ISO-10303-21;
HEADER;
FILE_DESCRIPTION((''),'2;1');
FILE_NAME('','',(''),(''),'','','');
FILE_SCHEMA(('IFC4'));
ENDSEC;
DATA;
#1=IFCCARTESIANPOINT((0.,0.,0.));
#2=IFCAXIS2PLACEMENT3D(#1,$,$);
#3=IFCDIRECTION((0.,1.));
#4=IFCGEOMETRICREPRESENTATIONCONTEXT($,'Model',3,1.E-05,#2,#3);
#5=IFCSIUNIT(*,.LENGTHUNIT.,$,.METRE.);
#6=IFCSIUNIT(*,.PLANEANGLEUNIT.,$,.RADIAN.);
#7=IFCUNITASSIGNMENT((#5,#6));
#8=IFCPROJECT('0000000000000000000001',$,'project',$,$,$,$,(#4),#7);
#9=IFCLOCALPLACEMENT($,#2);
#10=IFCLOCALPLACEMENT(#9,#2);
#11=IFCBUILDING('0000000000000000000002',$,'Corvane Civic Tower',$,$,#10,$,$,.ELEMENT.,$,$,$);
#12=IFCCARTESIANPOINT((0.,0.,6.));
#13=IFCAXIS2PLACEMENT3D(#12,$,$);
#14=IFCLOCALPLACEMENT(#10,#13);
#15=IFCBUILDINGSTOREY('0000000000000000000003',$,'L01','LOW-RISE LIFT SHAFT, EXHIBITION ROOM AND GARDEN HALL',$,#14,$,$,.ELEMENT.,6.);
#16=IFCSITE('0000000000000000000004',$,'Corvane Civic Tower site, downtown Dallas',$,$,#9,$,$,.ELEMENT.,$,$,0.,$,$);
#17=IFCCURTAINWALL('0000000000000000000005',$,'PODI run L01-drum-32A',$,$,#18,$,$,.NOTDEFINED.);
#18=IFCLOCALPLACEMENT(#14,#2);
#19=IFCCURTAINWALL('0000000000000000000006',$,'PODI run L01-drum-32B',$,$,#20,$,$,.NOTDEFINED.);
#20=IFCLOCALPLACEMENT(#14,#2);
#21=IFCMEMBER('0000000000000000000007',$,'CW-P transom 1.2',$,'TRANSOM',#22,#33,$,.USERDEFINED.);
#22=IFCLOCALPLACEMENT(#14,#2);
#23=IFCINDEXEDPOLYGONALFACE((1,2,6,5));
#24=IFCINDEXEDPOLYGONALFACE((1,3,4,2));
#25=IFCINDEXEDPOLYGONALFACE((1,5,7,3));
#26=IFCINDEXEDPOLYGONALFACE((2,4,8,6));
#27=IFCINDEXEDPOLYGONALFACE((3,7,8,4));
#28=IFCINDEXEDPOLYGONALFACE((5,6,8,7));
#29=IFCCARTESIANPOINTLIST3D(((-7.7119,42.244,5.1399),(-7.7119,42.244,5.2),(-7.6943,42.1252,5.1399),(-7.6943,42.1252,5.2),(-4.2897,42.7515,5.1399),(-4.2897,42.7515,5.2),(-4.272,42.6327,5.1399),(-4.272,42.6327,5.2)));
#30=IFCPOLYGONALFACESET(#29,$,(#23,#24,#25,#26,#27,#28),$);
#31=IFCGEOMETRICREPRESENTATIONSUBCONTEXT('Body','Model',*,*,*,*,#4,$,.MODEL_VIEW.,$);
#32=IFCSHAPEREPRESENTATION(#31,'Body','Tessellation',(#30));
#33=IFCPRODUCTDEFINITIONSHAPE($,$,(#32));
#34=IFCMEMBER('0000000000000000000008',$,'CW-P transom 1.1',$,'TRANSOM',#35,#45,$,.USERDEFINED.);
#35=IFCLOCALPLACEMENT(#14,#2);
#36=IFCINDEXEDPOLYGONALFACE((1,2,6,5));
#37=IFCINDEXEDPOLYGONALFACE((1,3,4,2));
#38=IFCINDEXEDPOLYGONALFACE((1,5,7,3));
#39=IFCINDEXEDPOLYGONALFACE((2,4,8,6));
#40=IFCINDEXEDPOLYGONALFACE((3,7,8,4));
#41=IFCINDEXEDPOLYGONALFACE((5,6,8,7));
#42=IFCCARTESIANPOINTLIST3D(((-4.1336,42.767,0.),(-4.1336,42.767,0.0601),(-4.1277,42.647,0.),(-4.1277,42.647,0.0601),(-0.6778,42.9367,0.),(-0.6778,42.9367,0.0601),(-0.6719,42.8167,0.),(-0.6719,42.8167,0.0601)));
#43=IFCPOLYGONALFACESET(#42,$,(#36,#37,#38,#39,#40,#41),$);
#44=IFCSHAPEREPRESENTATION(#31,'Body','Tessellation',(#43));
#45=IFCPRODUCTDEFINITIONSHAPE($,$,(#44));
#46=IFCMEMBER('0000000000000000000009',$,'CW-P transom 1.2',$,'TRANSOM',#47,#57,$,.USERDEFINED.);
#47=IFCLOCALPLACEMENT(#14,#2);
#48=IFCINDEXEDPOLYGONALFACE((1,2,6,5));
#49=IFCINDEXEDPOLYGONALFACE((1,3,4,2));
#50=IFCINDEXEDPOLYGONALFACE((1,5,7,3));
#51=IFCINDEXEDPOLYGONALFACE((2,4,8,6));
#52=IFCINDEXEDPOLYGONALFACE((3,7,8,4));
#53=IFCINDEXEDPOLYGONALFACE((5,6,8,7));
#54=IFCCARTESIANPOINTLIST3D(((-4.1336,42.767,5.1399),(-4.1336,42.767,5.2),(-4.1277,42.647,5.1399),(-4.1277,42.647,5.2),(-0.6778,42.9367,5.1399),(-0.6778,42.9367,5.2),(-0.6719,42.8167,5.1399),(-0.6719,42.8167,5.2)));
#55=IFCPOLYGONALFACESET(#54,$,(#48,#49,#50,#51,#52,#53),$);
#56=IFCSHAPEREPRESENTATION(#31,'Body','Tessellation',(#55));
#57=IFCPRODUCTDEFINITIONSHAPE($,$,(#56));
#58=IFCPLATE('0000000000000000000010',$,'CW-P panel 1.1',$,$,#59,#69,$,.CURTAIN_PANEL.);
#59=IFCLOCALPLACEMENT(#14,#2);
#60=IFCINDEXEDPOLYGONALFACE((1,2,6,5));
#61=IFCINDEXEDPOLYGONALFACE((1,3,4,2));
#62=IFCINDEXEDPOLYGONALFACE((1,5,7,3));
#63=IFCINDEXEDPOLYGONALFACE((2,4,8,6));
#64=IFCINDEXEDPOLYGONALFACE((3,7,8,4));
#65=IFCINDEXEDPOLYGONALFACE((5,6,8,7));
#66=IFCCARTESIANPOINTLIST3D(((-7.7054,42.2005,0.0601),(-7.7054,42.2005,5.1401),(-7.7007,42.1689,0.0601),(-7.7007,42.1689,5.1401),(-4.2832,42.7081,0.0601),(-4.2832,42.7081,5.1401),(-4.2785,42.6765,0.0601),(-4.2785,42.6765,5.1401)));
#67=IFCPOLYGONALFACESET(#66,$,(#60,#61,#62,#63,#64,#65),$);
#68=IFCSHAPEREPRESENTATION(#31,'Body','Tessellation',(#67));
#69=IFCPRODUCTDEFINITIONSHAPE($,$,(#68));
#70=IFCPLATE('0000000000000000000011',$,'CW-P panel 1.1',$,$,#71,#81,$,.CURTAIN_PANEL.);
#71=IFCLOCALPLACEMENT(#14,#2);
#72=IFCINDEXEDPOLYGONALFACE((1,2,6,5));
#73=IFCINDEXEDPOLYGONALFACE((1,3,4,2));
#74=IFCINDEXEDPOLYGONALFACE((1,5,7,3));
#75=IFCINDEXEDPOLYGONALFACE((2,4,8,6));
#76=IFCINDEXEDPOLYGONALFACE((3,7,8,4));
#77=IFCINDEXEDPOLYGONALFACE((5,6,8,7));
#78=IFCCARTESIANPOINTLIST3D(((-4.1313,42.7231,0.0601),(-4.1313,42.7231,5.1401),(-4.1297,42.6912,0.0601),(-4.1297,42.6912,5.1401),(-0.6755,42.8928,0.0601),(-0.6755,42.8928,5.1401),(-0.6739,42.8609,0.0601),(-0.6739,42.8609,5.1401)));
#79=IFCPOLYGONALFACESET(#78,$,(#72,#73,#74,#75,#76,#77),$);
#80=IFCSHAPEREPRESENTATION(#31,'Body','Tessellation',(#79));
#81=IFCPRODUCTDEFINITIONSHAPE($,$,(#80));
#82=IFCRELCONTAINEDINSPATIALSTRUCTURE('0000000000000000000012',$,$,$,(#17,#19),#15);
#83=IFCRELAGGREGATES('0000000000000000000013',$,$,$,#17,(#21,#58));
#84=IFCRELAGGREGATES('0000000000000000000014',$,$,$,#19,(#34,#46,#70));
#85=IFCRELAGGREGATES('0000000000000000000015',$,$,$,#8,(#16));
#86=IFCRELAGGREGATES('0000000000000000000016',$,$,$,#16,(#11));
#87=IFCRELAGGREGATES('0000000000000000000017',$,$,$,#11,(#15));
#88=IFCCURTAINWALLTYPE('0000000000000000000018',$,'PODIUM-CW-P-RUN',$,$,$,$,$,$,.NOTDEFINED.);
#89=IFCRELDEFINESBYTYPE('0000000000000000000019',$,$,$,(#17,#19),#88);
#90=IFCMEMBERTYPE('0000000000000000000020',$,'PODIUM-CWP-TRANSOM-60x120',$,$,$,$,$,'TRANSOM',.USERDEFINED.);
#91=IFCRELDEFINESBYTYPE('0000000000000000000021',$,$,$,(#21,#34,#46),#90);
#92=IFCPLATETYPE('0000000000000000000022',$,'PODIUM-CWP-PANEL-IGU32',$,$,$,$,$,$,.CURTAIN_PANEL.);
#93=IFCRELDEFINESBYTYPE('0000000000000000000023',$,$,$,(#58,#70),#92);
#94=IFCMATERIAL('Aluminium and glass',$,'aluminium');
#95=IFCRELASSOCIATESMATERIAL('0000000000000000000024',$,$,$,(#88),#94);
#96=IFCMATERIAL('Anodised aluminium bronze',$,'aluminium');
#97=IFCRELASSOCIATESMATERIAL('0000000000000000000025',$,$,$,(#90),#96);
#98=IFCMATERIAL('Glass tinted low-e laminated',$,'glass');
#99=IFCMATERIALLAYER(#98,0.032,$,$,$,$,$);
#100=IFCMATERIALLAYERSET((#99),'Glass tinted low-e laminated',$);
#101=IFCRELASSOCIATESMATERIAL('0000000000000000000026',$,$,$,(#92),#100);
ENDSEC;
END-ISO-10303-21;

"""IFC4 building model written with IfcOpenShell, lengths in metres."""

from ifc_helpers import new_model, si_unit, direction, frame, origin, origin_2d, place, context, subcontext, project, spatial, rectangle, extrude, material, layer, layer_set, material_profile, profile_set, type_object, element, aggregate, save


model = new_model("IFC4")

# Units and contexts
model_context = context("Model", 3, precision=1e-05, world=origin(), true_north=direction((0.0, 1.0)))
body_context = subcontext(model_context, "Body", "Model", "MODEL_VIEW")
ifc_project = project(units=[si_unit("LENGTHUNIT", "METRE"), si_unit("PLANEANGLEUNIT", "RADIAN")], contexts=[model_context])

# Site, building, storey
site_placement = place(None, origin())
site = spatial("IfcSite", under=ifc_project, at=site_placement, Name="Corvane Civic Tower site, downtown Dallas", CompositionType="ELEMENT", RefElevation=0.0)
building_placement = place(site_placement, origin())
building = spatial("IfcBuilding", under=site, at=building_placement, Name="Corvane Civic Tower", CompositionType="ELEMENT")
storey_placement = place(building_placement, frame((0.0, 0.0, 6.0)))
storey = spatial("IfcBuildingStorey", under=building, at=storey_placement, Name="L01", Description="LOW-RISE LIFT SHAFT, EXHIBITION ROOM AND GARDEN HALL", CompositionType="ELEMENT", Elevation=6.0)

# Shared definitions
ifc_material_1 = material(Name="Aluminium and glass", Category="aluminium")
curtain_wall_type = type_object("IfcCurtainWallType", Name="PODIUM-CW-P-RUN", PredefinedType="NOTDEFINED", material=ifc_material_1)

# Curtain walls
curtain_wall_1_placement = place(storey_placement, origin())
curtain_wall_1 = element("IfcCurtainWall", 1, at=curtain_wall_1_placement, inside=storey, type_object=curtain_wall_type, Name="PODI run L01-drum-32A", PredefinedType="NOTDEFINED")
curtain_wall_2_placement = place(storey_placement, origin())
curtain_wall_2 = element("IfcCurtainWall", 2, at=curtain_wall_2_placement, inside=storey, type_object=curtain_wall_type, Name="PODI run L01-drum-32B", PredefinedType="NOTDEFINED")

# Members
ifc_material_2 = material(Name="Anodised aluminium bronze", Category="aluminium")
ifc_material_profile_1 = material_profile(ifc_material_2, rectangle(XDim=0.1201, YDim=0.0601, at=origin_2d()), Name="AL 120x60")
ifc_profile_set_1 = profile_set([ifc_material_profile_1], Name="Anodised aluminium bronze")
member_type_1 = type_object("IfcMemberType", Name="PODIUM-CWP-TRANSOM-60x120", ElementType="TRANSOM", PredefinedType="USERDEFINED", material=ifc_profile_set_1)
member_1_placement = place(storey_placement, frame((-7.7031, 42.1846, 5.1699), z_axis=(0.98918, 0.146705, 0.0), x_axis=(-0.146705, 0.98918, 0.0)))
member_1 = element("IfcMember", 3, at=member_1_placement, type_object=member_type_1, Name="CW-P transom 1.2", ObjectType="TRANSOM", PredefinedType="USERDEFINED", context=body_context, shape_type="SweptSolid", body=[
    extrude(rectangle(XDim=0.1201, YDim=0.0601, at=origin_2d()), origin(), (0.0, 0.0, 1.0), 3.4597),
])
member_2_placement = place(storey_placement, frame((-4.1306, 42.707, 0.03), z_axis=(0.998797, 0.04904, 0.0), x_axis=(-0.04904, 0.998797, 0.0)))
member_2 = element("IfcMember", 4, at=member_2_placement, type_object=member_type_1, Name="CW-P transom 1.1", ObjectType="TRANSOM", PredefinedType="USERDEFINED", context=body_context, shape_type="SweptSolid", body=[
    extrude(rectangle(XDim=0.1201, YDim=0.0601, at=origin_2d()), origin(), (0.0, 0.0, 1.0), 3.46),
])
member_3_placement = place(storey_placement, frame((-4.1306, 42.707, 5.1699), z_axis=(0.998797, 0.04904, 0.0), x_axis=(-0.04904, 0.998797, 0.0)))
member_3 = element("IfcMember", 5, at=member_3_placement, type_object=member_type_1, Name="CW-P transom 1.2", ObjectType="TRANSOM", PredefinedType="USERDEFINED", context=body_context, shape_type="SweptSolid", body=[
    extrude(rectangle(XDim=0.1201, YDim=0.0601, at=origin_2d()), origin(), (0.0, 0.0, 1.0), 3.46),
])

# Plates
ifc_material_3 = material(Name="Glass tinted low-e laminated", Category="glass")
ifc_layer = layer(ifc_material_3, 0.032)
ifc_layer_set = layer_set([ifc_layer], Name="Glass tinted low-e laminated")
plate_type = type_object("IfcPlateType", Name="PODIUM-CWP-PANEL-IGU32", PredefinedType="CURTAIN_PANEL", material=ifc_layer_set)
plate_1_placement = place(storey_placement, frame((-5.9919, 42.4385, 0.0601), z_axis=(0.0, 0.0, 1.0), x_axis=(0.989179, 0.146715, 0.0)))
plate_1 = element("IfcPlate", 6, at=plate_1_placement, type_object=plate_type, Name="CW-P panel 1.1", PredefinedType="CURTAIN_PANEL", context=body_context, shape_type="SweptSolid", body=[
    extrude(rectangle(XDim=3.4597, YDim=0.032, at=origin_2d()), origin(), (0.0, 0.0, 1.0), 5.0801),
])
aggregate(curtain_wall_1, [member_1, plate_1])
plate_2_placement = place(storey_placement, frame((-2.4026, 42.792, 0.0601), z_axis=(0.0, 0.0, 1.0), x_axis=(0.998796, 0.04905, 0.0)))
plate_2 = element("IfcPlate", 7, at=plate_2_placement, type_object=plate_type, Name="CW-P panel 1.1", PredefinedType="CURTAIN_PANEL", context=body_context, shape_type="SweptSolid", body=[
    extrude(rectangle(XDim=3.46, YDim=0.032, at=origin_2d()), origin(), (0.0, 0.0, 1.0), 5.0801),
])
aggregate(curtain_wall_2, [member_2, member_3, plate_2])

save(model, "model.ifc")
